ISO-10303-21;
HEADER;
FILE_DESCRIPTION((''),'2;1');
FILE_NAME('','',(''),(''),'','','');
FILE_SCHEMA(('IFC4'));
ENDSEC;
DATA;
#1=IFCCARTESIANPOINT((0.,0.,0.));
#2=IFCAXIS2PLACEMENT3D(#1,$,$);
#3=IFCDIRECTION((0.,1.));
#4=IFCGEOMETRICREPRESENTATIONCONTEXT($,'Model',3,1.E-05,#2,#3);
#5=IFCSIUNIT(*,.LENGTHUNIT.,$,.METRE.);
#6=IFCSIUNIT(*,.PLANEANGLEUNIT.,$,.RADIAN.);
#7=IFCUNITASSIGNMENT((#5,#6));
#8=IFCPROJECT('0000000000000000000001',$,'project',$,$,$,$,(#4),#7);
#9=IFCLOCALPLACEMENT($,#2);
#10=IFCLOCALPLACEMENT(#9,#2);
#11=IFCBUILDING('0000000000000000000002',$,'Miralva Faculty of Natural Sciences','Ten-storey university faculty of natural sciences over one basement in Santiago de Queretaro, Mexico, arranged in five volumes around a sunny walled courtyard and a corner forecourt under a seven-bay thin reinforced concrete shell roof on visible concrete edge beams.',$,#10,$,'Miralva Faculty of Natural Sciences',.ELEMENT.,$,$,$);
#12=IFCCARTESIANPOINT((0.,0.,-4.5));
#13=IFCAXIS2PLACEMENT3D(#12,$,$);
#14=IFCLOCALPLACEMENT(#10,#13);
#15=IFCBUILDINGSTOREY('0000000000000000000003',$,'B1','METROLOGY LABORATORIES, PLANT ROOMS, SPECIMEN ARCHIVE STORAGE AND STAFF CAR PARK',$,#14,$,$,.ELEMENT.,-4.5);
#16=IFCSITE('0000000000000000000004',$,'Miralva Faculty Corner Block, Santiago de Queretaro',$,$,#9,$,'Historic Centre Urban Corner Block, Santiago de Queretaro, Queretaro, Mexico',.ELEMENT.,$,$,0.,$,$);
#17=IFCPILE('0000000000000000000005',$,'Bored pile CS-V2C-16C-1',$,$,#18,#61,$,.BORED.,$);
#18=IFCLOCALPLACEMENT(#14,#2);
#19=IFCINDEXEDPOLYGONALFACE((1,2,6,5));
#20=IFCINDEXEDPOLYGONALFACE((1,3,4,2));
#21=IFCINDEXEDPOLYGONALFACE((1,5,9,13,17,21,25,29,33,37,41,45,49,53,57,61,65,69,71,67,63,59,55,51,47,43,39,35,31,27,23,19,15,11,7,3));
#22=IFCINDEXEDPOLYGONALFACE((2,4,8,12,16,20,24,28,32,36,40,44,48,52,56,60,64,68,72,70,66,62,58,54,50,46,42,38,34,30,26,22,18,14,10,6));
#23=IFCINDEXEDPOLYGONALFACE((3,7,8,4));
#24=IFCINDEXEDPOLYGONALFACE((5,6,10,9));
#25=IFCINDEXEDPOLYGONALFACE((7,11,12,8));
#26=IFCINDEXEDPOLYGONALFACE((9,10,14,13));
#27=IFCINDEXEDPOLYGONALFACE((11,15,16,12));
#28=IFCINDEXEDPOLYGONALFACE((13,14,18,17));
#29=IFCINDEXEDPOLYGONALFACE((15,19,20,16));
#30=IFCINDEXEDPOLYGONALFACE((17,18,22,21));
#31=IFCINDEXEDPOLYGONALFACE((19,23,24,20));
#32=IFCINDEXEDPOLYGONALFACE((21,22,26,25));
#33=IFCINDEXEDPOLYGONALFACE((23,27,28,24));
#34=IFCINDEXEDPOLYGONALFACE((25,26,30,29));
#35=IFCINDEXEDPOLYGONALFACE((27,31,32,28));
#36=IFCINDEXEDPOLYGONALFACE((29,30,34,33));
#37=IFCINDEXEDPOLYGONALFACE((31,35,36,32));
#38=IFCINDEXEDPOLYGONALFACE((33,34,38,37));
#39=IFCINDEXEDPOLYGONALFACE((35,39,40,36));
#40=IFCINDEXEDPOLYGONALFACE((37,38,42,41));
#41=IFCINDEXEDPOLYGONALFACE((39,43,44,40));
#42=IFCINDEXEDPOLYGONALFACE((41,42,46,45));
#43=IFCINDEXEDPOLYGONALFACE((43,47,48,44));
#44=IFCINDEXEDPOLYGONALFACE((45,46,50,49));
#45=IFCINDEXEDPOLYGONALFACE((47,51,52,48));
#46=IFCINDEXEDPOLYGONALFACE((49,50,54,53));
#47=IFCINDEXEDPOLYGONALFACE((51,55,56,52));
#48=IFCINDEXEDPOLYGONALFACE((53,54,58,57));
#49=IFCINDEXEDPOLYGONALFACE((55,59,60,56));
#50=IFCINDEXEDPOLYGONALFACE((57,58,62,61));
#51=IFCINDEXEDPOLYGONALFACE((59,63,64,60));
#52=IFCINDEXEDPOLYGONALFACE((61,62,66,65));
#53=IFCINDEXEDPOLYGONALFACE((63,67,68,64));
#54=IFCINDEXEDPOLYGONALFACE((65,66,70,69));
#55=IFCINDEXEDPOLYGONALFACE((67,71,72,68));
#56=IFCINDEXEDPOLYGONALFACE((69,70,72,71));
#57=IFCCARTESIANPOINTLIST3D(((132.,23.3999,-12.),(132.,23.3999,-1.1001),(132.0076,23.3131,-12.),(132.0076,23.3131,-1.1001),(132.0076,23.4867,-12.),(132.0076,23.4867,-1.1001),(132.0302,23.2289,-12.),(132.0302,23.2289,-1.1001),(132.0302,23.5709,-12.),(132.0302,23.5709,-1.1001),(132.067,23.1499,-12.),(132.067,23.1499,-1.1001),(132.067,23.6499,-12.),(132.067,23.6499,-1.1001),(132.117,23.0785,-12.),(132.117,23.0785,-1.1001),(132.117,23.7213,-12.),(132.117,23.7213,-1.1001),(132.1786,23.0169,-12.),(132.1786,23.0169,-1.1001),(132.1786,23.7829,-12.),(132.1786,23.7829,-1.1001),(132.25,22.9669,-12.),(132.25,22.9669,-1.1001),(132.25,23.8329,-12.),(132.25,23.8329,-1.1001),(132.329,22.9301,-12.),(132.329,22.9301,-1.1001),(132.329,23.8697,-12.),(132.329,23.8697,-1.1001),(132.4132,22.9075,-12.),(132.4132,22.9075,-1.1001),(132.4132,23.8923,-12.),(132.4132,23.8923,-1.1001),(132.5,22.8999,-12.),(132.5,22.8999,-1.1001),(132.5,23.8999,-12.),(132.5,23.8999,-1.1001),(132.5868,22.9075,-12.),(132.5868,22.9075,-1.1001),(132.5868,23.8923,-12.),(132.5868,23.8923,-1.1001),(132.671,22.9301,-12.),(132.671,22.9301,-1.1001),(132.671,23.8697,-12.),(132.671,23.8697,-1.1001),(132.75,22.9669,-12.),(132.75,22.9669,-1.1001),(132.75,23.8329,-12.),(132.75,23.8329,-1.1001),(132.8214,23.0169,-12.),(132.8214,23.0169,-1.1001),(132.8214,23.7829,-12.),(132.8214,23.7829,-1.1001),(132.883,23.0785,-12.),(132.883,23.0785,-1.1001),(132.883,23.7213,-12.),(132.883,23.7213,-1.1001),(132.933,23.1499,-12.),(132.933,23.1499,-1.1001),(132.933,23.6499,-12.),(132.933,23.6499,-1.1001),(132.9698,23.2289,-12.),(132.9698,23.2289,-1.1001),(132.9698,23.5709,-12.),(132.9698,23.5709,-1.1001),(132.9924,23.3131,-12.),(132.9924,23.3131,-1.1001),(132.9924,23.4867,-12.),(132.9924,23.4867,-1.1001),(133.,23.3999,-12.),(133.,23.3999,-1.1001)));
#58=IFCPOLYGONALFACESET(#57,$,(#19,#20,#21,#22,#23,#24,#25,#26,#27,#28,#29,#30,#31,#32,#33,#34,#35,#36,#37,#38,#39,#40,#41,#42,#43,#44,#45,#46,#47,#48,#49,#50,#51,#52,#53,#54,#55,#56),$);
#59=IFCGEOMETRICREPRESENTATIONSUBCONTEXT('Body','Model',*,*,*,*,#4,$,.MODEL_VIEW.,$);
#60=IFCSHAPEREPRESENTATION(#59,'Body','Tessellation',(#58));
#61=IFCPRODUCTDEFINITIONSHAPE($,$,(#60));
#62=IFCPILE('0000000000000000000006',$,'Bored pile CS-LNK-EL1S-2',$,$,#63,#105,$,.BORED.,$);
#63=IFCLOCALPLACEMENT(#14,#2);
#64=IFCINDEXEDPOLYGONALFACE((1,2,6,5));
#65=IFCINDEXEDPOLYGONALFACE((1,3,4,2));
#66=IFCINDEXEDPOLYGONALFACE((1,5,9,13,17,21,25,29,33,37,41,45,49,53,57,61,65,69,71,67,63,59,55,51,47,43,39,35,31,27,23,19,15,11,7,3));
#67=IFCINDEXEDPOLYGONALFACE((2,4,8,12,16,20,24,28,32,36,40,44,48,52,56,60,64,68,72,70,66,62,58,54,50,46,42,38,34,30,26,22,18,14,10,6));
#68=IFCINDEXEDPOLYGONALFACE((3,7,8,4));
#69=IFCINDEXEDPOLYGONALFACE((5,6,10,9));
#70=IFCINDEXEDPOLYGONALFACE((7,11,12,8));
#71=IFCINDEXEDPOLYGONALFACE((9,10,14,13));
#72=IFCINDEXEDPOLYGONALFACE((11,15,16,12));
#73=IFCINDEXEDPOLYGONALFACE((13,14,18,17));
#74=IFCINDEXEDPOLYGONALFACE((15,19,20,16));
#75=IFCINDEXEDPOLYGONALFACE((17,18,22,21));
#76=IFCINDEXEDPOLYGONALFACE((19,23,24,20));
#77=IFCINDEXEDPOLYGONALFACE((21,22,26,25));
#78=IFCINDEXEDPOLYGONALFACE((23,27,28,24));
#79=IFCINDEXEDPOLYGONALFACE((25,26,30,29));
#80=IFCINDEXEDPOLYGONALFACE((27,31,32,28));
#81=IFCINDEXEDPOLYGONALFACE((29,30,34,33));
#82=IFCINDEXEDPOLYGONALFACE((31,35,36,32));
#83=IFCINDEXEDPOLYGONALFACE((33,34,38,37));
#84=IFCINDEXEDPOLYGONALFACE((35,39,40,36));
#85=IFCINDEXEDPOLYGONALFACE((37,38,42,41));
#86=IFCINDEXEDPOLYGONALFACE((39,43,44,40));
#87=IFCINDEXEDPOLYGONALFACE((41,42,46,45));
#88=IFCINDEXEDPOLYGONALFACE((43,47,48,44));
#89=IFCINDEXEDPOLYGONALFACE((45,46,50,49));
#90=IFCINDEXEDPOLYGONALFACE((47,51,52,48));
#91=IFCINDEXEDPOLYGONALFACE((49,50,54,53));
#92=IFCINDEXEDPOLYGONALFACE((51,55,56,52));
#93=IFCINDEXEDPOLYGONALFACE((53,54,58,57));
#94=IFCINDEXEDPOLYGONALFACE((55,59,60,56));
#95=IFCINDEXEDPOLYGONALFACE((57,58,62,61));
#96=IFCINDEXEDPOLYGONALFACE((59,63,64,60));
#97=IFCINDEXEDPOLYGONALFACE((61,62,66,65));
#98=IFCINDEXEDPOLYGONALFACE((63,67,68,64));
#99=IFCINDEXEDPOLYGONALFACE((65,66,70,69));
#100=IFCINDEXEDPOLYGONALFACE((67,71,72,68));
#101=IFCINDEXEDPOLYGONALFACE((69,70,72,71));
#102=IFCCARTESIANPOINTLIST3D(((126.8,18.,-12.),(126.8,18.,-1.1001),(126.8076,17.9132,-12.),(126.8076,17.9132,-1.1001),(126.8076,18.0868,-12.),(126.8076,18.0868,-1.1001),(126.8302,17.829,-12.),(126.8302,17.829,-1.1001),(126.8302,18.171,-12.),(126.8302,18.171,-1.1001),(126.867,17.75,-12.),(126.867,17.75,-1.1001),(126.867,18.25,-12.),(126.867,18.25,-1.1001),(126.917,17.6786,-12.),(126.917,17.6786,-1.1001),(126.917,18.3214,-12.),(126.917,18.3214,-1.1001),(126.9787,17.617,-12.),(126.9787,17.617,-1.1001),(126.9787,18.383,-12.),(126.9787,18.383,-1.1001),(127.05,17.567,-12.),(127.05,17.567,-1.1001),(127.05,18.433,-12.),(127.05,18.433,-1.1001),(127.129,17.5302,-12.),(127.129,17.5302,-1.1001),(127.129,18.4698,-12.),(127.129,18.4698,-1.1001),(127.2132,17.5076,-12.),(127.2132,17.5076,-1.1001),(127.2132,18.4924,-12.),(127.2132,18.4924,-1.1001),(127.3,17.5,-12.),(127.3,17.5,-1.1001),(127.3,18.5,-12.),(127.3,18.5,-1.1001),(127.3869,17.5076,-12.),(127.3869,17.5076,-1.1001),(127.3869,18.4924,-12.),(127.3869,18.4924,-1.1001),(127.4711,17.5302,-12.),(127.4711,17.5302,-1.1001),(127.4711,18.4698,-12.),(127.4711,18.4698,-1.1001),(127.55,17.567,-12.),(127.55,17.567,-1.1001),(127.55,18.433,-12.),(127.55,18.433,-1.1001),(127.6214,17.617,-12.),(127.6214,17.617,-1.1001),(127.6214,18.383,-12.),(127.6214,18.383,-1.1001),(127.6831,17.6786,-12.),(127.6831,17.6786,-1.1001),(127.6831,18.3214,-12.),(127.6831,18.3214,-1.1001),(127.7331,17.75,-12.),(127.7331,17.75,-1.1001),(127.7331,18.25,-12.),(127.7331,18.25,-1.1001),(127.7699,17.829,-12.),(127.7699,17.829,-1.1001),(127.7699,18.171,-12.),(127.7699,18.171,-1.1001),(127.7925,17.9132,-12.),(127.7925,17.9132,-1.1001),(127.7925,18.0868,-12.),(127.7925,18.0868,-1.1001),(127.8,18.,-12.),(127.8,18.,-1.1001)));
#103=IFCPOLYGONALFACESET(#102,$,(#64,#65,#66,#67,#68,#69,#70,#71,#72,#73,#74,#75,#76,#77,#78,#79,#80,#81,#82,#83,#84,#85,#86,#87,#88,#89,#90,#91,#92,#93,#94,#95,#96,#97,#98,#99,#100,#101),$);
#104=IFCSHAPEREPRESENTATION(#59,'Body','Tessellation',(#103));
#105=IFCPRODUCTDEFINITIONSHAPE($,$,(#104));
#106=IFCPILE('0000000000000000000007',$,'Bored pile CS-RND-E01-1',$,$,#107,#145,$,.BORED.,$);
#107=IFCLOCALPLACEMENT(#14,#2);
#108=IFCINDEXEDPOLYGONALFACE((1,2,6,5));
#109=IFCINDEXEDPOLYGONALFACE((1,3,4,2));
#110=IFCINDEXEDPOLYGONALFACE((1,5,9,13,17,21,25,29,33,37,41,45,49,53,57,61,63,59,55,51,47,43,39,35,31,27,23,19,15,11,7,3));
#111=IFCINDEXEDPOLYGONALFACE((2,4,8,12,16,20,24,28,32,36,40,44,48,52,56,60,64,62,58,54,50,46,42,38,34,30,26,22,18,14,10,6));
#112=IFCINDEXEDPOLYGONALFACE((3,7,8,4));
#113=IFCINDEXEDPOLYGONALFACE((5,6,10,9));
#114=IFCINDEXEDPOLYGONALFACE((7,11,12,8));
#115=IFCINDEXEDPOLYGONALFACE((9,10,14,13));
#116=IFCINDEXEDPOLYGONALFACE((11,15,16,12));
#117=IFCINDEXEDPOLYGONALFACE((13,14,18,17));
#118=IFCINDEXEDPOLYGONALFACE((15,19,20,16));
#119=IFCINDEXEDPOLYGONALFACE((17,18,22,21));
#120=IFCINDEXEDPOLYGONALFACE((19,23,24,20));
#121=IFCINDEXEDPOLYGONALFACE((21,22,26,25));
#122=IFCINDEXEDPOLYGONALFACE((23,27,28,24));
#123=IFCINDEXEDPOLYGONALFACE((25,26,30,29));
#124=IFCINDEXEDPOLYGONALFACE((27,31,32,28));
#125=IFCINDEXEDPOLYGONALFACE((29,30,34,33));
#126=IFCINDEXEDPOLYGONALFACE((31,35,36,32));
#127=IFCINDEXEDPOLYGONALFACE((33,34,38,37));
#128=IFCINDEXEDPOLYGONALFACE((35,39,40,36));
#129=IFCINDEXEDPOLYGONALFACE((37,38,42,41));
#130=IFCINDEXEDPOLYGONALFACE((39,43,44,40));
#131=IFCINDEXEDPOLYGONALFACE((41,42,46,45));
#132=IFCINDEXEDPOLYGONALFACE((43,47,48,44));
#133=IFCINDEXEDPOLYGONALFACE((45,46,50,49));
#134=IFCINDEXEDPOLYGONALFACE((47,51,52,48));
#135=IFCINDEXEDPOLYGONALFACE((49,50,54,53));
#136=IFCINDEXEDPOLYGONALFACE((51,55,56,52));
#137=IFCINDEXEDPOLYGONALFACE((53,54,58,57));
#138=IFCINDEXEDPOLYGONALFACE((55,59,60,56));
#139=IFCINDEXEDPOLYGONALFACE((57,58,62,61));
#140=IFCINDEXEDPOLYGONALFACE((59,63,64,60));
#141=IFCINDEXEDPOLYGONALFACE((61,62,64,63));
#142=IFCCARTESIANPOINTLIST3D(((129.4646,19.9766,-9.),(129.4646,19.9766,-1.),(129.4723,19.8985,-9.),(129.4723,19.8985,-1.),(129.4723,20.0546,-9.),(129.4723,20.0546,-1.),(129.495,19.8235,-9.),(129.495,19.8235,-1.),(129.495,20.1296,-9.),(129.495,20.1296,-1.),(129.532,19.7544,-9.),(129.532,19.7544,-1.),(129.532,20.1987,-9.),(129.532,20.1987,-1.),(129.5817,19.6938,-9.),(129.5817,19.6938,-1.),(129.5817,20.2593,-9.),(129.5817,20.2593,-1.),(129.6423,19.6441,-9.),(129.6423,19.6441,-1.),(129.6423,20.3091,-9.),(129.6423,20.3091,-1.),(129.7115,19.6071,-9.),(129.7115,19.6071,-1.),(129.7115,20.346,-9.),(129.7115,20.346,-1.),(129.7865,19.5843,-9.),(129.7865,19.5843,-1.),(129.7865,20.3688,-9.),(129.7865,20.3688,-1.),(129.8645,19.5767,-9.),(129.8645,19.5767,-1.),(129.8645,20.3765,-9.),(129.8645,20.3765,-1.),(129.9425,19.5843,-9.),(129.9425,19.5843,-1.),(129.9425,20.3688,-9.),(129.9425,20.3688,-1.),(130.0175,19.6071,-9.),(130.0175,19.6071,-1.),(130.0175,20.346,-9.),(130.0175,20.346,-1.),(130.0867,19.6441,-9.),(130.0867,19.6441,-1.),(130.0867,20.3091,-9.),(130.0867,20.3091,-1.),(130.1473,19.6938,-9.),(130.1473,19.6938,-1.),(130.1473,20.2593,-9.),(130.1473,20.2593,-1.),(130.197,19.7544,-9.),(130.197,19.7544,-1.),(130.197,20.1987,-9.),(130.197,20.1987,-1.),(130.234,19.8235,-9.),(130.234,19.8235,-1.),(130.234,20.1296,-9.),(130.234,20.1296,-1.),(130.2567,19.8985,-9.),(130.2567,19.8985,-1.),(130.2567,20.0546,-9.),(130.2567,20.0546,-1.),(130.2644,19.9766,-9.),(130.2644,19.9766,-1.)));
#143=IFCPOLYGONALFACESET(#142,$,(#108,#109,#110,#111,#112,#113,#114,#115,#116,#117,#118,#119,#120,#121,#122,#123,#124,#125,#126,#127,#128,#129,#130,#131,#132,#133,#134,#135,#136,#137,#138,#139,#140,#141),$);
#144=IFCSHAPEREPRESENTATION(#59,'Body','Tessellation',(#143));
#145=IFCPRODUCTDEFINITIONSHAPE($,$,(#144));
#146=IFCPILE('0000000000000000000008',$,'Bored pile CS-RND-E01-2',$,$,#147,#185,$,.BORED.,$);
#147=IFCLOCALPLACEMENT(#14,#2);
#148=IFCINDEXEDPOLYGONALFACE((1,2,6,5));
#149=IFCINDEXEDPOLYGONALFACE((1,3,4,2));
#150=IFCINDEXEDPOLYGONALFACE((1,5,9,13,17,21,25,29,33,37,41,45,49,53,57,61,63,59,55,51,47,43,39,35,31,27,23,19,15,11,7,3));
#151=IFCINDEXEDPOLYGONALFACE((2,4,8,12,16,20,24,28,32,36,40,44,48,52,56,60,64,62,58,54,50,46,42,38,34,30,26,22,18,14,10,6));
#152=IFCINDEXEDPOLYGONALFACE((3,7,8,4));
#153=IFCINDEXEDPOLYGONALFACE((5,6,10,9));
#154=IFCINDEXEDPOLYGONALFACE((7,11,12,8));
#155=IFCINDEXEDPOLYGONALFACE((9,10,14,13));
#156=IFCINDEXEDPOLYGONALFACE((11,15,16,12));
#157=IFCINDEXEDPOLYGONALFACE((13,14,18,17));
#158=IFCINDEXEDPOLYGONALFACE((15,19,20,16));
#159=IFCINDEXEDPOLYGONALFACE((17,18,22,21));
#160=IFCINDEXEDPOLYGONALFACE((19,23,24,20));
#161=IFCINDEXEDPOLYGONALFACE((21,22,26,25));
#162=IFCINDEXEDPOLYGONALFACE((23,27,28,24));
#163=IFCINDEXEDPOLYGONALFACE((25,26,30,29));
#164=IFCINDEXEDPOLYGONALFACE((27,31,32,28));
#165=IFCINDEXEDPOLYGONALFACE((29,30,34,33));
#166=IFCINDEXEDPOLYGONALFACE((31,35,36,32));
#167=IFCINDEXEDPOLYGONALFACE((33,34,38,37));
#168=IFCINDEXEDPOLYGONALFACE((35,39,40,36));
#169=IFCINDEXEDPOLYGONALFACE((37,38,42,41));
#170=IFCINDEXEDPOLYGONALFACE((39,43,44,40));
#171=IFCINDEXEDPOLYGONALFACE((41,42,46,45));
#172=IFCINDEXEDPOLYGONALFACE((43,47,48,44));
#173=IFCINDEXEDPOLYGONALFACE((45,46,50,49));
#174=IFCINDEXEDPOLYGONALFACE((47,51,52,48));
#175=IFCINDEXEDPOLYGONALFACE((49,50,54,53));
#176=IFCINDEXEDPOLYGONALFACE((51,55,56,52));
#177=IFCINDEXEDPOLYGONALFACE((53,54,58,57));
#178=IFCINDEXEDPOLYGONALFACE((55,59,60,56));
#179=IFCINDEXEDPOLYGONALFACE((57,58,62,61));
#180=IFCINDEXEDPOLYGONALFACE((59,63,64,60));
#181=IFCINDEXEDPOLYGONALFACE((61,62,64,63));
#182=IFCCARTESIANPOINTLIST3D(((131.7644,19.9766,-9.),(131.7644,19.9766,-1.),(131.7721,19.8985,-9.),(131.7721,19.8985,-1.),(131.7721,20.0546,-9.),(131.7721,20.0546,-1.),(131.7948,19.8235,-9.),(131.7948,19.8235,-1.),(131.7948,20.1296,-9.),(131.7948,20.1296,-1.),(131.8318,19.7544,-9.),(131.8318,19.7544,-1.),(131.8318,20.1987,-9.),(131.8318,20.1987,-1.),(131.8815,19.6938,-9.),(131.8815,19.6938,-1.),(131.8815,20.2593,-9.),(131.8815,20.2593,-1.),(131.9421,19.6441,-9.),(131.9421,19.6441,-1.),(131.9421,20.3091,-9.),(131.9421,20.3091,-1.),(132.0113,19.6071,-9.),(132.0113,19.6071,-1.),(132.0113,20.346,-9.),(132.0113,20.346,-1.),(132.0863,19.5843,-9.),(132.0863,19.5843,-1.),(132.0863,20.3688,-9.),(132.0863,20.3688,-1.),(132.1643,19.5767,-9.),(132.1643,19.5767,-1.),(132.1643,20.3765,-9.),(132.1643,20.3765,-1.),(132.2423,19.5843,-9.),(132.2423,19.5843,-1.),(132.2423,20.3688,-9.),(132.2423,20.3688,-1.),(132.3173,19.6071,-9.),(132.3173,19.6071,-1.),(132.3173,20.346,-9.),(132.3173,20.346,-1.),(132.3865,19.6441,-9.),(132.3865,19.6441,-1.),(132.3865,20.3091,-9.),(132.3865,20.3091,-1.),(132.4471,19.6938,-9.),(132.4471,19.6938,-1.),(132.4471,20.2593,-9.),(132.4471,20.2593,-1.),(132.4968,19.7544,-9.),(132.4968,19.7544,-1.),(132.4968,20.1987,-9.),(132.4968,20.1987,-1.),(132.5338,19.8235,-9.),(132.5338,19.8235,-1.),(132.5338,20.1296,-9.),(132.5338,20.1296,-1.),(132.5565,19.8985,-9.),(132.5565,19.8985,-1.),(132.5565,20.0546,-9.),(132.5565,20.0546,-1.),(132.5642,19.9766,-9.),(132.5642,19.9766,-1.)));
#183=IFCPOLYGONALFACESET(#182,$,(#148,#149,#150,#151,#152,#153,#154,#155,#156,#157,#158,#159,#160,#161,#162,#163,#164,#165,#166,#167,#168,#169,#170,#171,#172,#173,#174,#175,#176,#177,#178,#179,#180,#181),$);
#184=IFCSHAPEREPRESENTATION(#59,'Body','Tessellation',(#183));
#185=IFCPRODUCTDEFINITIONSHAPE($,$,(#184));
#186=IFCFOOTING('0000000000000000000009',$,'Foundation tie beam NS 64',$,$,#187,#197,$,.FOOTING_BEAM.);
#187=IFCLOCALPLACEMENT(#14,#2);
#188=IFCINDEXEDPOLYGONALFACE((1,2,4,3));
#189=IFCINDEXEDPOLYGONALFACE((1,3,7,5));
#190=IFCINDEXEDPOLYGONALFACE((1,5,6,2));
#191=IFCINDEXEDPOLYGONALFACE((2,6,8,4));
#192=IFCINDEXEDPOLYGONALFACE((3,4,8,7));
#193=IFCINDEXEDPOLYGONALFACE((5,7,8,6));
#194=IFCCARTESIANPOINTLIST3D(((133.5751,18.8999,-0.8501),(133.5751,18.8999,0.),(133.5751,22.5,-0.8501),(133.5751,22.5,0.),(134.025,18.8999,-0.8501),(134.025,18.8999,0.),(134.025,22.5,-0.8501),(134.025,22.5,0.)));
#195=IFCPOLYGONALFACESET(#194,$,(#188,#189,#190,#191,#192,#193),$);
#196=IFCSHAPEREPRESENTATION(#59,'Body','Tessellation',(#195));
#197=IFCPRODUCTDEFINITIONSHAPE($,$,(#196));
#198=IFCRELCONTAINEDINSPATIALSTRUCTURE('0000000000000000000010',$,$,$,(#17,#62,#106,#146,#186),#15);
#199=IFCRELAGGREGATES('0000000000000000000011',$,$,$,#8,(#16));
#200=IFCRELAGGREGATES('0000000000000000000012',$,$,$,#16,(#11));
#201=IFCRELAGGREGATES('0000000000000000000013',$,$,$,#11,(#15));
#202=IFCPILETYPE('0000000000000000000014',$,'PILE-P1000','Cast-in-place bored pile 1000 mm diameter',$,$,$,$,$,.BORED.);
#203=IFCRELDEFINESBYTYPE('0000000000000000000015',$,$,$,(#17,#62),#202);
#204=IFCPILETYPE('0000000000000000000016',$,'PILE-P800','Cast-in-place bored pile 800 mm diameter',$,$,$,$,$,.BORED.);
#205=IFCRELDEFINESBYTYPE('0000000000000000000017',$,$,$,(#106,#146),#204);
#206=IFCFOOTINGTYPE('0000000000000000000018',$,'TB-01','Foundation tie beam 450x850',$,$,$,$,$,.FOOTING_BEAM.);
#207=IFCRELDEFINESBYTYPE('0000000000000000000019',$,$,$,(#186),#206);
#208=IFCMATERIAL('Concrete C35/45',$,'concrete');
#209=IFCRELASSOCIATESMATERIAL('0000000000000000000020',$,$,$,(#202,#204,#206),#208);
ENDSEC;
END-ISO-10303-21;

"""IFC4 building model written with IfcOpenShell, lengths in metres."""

from ifc_helpers import new_model, si_unit, direction, frame, origin, origin_2d, place, context, subcontext, project, spatial, rectangle, circle, extrude, material, material_profile, profile_set, type_object, element, save


model = new_model("IFC4")

# Units and contexts
model_context = context("Model", 3, precision=1e-05, world=origin(), true_north=direction((0.0, 1.0)))
body_context = subcontext(model_context, "Body", "Model", "MODEL_VIEW")
ifc_project = project(units=[si_unit("LENGTHUNIT", "METRE"), si_unit("PLANEANGLEUNIT", "RADIAN")], contexts=[model_context])

# Site, building, storey
site_placement = place(None, origin())
site = spatial("IfcSite", under=ifc_project, at=site_placement, Name="Miralva Faculty Corner Block, Santiago de Queretaro", LongName="Historic Centre Urban Corner Block, Santiago de Queretaro, Queretaro, Mexico", CompositionType="ELEMENT", RefElevation=0.0)
building_placement = place(site_placement, origin())
building = spatial("IfcBuilding", under=site, at=building_placement, Name="Miralva Faculty of Natural Sciences", Description="Ten-storey university faculty of natural sciences over one basement in Santiago de Queretaro, Mexico, arranged in five volumes around a sunny walled courtyard and a corner forecourt under a seven-bay thin reinforced concrete shell roof on visible concrete edge beams.", LongName="Miralva Faculty of Natural Sciences", CompositionType="ELEMENT")
storey_placement = place(building_placement, frame((0.0, 0.0, -4.5)))
storey = spatial("IfcBuildingStorey", under=building, at=storey_placement, Name="B1", Description="METROLOGY LABORATORIES, PLANT ROOMS, SPECIMEN ARCHIVE STORAGE AND STAFF CAR PARK", CompositionType="ELEMENT", Elevation=-4.5)

# Shared definitions
ifc_material_1 = material(Name="Concrete C35/45", Category="concrete")

# Piles
ifc_material_profile_1 = material_profile(ifc_material_1, circle(Radius=0.5, at=origin_2d()), Name="BORED PILE 1000")
ifc_profile_set_1 = profile_set([ifc_material_profile_1], Name="Concrete C35/45")
pile_type_1 = type_object("IfcPileType", Name="PILE-P1000", Description="Cast-in-place bored pile 1000 mm diameter", PredefinedType="BORED", material=ifc_profile_set_1)
for number, where, z_axis, x_axis, name in (
    (1, (132.5, 23.3999, -1.1001), (0.0, 0.0, -1.0), (1.0, 0.0, 0.0), "Bored pile CS-V2C-16C-1"),
    (2, (127.3, 18.0, -1.1001), (0.0, 0.0, -1.0), (1.0, 0.0, 0.0), "Bored pile CS-LNK-EL1S-2"),
):
    element("IfcPile", number, at=place(storey_placement, frame(where, z_axis=z_axis, x_axis=x_axis)), inside=storey, type_object=pile_type_1, Name=name, PredefinedType="BORED", context=body_context, shape_type="SweptSolid", body=[
        extrude(circle(Radius=0.5, at=origin_2d()), origin(), (0.0, 0.0, 1.0), 10.8999),
    ])
ifc_material_profile_2 = material_profile(ifc_material_1, circle(Radius=0.3999, at=origin_2d()), Name="BORED PILE 800")
ifc_profile_set_2 = profile_set([ifc_material_profile_2], Name="Concrete C35/45")
pile_type_2 = type_object("IfcPileType", Name="PILE-P800", Description="Cast-in-place bored pile 800 mm diameter", PredefinedType="BORED", material=ifc_profile_set_2)
for number, where, z_axis, x_axis, name in (
    (3, (129.8645, 19.9766, -1.0), (0.0, 0.0, -1.0), (1.0, 0.0, 0.0), "Bored pile CS-RND-E01-1"),
    (4, (132.1643, 19.9766, -1.0), (0.0, 0.0, -1.0), (1.0, 0.0, 0.0), "Bored pile CS-RND-E01-2"),
):
    element("IfcPile", number, at=place(storey_placement, frame(where, z_axis=z_axis, x_axis=x_axis)), inside=storey, type_object=pile_type_2, Name=name, PredefinedType="BORED", context=body_context, shape_type="SweptSolid", body=[
        extrude(circle(Radius=0.3999, at=origin_2d()), origin(), (0.0, 0.0, 1.0), 8.0),
    ])

# Footing
ifc_material_profile_3 = material_profile(ifc_material_1, rectangle(XDim=0.45, YDim=0.8501, at=origin_2d()), Name="RC 450x850")
ifc_profile_set_3 = profile_set([ifc_material_profile_3], Name="Concrete C35/45")
footing_type_1 = type_object("IfcFootingType", Name="TB-01", Description="Foundation tie beam 450x850", PredefinedType="FOOTING_BEAM", material=ifc_profile_set_3)
footing_1_placement = place(storey_placement, frame((133.8, 18.8999, -0.425), z_axis=(0.0, 1.0, 0.0), x_axis=(-1.0, 0.0, 0.0)))
element("IfcFooting", 5, at=footing_1_placement, inside=storey, type_object=footing_type_1, Name="Foundation tie beam NS 64", PredefinedType="FOOTING_BEAM", context=body_context, shape_type="SweptSolid", body=[
    extrude(rectangle(XDim=0.45, YDim=0.8501, at=origin_2d()), origin(), (0.0, 0.0, 1.0), 3.6001),
])

save(model, "model.ifc")
